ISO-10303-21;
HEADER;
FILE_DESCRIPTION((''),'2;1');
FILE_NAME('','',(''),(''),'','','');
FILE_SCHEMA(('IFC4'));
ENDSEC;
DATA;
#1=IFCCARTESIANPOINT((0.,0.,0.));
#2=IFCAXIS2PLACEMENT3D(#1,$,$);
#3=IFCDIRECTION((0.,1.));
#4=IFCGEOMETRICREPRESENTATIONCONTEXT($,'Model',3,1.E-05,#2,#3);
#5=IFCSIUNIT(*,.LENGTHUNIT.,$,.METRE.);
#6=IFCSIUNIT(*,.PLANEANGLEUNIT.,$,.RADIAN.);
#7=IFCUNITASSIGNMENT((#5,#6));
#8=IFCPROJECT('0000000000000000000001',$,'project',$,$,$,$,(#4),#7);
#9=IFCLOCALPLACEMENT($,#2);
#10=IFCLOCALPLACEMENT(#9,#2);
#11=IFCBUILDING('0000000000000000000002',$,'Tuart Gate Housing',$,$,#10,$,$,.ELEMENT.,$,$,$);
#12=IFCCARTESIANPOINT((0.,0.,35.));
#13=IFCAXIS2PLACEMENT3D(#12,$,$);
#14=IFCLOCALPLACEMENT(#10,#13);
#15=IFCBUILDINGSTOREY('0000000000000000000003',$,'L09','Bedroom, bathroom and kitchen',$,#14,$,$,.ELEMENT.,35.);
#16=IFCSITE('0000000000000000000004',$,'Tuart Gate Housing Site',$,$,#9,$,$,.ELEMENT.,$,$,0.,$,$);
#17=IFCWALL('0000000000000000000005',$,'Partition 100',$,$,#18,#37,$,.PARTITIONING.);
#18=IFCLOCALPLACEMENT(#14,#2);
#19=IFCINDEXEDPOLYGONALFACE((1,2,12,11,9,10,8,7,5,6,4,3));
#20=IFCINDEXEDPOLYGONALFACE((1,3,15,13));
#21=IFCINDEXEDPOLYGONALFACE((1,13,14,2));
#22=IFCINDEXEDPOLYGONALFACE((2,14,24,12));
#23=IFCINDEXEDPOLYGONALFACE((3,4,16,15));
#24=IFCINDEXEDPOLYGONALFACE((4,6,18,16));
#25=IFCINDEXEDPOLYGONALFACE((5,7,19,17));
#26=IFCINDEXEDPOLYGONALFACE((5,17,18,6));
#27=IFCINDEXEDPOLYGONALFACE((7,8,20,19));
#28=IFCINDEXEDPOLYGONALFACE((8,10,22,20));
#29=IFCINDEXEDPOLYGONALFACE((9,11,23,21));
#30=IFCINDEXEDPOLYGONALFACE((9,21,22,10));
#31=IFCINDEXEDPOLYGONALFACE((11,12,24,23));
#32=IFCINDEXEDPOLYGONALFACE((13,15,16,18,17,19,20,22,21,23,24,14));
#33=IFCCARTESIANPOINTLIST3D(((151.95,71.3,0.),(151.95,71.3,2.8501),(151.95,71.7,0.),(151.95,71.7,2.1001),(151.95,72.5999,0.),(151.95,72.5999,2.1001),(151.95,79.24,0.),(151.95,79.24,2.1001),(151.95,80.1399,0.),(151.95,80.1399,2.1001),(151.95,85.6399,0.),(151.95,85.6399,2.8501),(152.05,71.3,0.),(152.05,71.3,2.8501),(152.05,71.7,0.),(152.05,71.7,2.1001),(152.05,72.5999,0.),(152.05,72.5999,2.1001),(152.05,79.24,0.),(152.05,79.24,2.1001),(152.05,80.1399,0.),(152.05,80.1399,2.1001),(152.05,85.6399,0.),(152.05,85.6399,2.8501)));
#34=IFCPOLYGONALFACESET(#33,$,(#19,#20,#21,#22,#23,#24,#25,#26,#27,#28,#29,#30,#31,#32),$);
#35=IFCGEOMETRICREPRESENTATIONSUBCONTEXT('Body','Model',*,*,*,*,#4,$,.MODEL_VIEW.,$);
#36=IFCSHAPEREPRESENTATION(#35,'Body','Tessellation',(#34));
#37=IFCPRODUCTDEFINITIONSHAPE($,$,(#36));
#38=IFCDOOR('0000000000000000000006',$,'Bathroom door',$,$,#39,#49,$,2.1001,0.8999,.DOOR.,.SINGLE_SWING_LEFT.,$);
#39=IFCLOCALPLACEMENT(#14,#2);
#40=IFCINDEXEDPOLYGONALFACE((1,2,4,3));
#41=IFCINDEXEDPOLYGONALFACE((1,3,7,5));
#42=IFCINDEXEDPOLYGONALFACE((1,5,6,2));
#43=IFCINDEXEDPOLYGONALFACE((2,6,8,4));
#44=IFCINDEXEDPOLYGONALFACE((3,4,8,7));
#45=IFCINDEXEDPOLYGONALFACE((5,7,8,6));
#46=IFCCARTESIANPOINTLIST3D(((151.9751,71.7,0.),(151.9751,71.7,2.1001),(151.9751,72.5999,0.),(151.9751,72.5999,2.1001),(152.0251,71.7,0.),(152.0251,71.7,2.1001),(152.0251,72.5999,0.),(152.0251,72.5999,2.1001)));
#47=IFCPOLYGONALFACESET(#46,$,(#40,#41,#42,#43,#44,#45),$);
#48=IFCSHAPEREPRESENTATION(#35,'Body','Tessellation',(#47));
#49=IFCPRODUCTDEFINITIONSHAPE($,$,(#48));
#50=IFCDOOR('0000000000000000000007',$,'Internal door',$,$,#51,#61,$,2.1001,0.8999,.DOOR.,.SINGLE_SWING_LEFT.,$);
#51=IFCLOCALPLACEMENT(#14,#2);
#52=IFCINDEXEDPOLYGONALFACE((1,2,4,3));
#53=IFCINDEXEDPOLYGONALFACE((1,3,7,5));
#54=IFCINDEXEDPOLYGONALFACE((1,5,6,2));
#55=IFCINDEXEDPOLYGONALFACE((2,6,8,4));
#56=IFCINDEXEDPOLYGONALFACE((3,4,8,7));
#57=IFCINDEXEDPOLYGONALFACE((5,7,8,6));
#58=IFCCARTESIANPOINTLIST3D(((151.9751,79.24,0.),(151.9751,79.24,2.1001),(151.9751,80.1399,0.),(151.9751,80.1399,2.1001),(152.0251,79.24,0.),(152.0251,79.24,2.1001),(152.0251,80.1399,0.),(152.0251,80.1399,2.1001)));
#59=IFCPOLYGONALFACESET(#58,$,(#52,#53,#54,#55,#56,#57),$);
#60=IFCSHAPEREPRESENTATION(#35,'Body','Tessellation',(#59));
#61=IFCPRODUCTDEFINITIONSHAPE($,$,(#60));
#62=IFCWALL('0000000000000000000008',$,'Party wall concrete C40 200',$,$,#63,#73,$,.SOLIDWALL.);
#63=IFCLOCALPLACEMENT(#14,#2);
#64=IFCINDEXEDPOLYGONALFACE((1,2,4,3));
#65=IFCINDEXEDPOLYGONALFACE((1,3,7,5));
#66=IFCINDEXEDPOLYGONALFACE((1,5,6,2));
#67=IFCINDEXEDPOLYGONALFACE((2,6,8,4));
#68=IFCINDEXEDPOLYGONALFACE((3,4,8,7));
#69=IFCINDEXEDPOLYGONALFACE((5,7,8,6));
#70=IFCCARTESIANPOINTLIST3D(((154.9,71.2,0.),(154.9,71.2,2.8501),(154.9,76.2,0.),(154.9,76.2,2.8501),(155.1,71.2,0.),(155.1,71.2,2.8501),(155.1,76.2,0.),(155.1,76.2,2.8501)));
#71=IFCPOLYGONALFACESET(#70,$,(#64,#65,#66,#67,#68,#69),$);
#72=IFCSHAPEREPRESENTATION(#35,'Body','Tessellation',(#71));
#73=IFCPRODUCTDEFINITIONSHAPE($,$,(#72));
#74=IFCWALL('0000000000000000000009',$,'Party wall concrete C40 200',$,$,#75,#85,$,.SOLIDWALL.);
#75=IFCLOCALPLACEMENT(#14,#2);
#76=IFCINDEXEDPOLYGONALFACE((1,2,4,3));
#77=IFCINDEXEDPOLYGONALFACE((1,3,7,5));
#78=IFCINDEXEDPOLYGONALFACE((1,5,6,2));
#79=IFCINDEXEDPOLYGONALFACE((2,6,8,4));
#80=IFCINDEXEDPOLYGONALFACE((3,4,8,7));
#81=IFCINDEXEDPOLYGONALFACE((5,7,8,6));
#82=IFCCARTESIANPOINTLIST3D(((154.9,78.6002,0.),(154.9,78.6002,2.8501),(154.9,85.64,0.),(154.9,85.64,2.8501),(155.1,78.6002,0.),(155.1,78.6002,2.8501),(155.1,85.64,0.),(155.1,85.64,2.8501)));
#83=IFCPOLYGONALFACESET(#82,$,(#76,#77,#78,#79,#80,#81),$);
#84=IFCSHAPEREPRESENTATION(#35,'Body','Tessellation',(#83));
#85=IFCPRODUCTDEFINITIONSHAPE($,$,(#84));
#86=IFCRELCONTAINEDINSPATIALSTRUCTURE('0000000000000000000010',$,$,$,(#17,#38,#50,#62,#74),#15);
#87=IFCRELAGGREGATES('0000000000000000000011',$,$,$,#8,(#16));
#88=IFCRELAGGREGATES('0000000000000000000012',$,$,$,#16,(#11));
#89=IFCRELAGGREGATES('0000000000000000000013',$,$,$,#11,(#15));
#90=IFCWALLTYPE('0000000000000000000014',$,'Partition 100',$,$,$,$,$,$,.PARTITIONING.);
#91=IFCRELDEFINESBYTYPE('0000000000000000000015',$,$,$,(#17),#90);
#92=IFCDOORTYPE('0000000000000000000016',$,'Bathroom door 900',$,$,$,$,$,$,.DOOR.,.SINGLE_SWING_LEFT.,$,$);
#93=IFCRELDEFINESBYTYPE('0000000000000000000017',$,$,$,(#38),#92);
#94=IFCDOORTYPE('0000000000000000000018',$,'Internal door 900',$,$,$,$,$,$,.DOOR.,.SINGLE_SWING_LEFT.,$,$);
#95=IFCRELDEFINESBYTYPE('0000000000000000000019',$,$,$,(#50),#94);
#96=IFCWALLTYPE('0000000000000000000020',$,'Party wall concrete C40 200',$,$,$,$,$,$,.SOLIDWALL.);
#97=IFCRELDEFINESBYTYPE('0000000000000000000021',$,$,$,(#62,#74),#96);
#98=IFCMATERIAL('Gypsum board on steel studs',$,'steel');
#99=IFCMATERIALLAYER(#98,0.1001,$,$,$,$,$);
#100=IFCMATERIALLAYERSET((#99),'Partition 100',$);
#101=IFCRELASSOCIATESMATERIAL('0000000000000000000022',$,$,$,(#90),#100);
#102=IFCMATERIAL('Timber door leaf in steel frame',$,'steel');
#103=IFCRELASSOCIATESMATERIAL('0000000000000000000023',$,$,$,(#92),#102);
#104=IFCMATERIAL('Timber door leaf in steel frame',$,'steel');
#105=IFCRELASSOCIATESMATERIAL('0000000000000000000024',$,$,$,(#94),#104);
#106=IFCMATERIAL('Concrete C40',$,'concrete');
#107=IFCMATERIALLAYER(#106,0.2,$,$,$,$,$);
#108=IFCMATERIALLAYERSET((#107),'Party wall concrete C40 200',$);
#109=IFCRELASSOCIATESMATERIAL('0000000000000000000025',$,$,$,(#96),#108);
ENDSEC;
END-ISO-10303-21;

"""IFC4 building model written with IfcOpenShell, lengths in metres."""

from ifc_helpers import new_model, si_unit, direction, frame, frame_2d, origin, place, context, subcontext, project, spatial, rectangle, extrude, material, layer, layer_set, type_object, element, fill, save


model = new_model("IFC4")

# Units and contexts
model_context = context("Model", 3, precision=1e-05, world=origin(), true_north=direction((0.0, 1.0)))
body_context = subcontext(model_context, "Body", "Model", "MODEL_VIEW")
ifc_project = project(units=[si_unit("LENGTHUNIT", "METRE"), si_unit("PLANEANGLEUNIT", "RADIAN")], contexts=[model_context])

# Site, building, storey
site_placement = place(None, origin())
site = spatial("IfcSite", under=ifc_project, at=site_placement, Name="Tuart Gate Housing Site", CompositionType="ELEMENT", RefElevation=0.0)
building_placement = place(site_placement, origin())
building = spatial("IfcBuilding", under=site, at=building_placement, Name="Tuart Gate Housing", CompositionType="ELEMENT")
storey_placement = place(building_placement, frame((0.0, 0.0, 35.0)))
storey = spatial("IfcBuildingStorey", under=building, at=storey_placement, Name="L09", Description="Bedroom, bathroom and kitchen", CompositionType="ELEMENT", Elevation=35.0)

# Shared definitions
ifc_material_1 = material(Name="Gypsum board on steel studs", Category="steel")
ifc_layer_1 = layer(ifc_material_1, 0.1001)
ifc_layer_set_1 = layer_set([ifc_layer_1], Name="Partition 100")
wall_type_1 = type_object("IfcWallType", Name="Partition 100", PredefinedType="PARTITIONING", material=ifc_layer_set_1)

# Wall, openings, doors
wall_1_placement = place(storey_placement, frame((152.0, 71.3, 0.0), z_axis=(0.0, 0.0, 1.0), x_axis=(0.0, 1.0, 0.0)))
wall_1 = element("IfcWall", 1, at=wall_1_placement, inside=storey, type_object=wall_type_1, Name="Partition 100", PredefinedType="PARTITIONING", context=body_context, shape_type="SweptSolid", body=[
    extrude(rectangle(XDim=14.3398, YDim=0.1001, at=frame_2d((7.1699, 0.0))), origin(), (0.0, 0.0, 1.0), 2.8501),
])
opening_1_placement = place(wall_1_placement, frame((7.9399, 0.0, 0.0)))
opening_1 = element("IfcOpeningElement", 2, at=opening_1_placement, cuts=wall_1, PredefinedType="OPENING", context=body_context, shape_type="SweptSolid", body=[
    extrude(rectangle(XDim=0.8999, YDim=2.1001, at=frame_2d((0.45, 1.05))), frame((0.0, 0.0601, 0.0), z_axis=(0.0, -1.0, 0.0), x_axis=(1.0, 0.0, 0.0)), (0.0, 0.0, 1.0), 0.1201),
])
opening_2_placement = place(wall_1_placement, frame((0.3999, 0.0, 0.0)))
opening_2 = element("IfcOpeningElement", 3, at=opening_2_placement, cuts=wall_1, PredefinedType="OPENING", context=body_context, shape_type="SweptSolid", body=[
    extrude(rectangle(XDim=0.8999, YDim=2.1001, at=frame_2d((0.45, 1.05))), frame((0.0, 0.0601, 0.0), z_axis=(0.0, -1.0, 0.0), x_axis=(1.0, 0.0, 0.0)), (0.0, 0.0, 1.0), 0.1201),
])
ifc_material_2 = material(Name="Timber door leaf in steel frame", Category="steel")
door_type_1 = type_object("IfcDoorType", Name="Bathroom door 900", OperationType="SINGLE_SWING_LEFT", PredefinedType="DOOR", material=ifc_material_2)
door_1_placement = place(opening_2_placement, origin())
door_1 = element("IfcDoor", 4, at=door_1_placement, inside=storey, type_object=door_type_1, Name="Bathroom door", OperationType="SINGLE_SWING_LEFT", OverallHeight=2.1001, OverallWidth=0.8999, PredefinedType="DOOR", context=body_context, shape_type="SweptSolid", body=[
    extrude(rectangle(XDim=0.8999, YDim=2.1001, at=frame_2d((0.45, 1.05))), frame((0.0, 0.0249, 0.0), z_axis=(0.0, -1.0, 0.0), x_axis=(1.0, 0.0, 0.0)), (0.0, 0.0, 1.0), 0.05),
])
fill(opening_2, door_1)
ifc_material_3 = material(Name="Timber door leaf in steel frame", Category="steel")
door_type_2 = type_object("IfcDoorType", Name="Internal door 900", OperationType="SINGLE_SWING_LEFT", PredefinedType="DOOR", material=ifc_material_3)
door_2_placement = place(opening_1_placement, origin())
door_2 = element("IfcDoor", 5, at=door_2_placement, inside=storey, type_object=door_type_2, Name="Internal door", OperationType="SINGLE_SWING_LEFT", OverallHeight=2.1001, OverallWidth=0.8999, PredefinedType="DOOR", context=body_context, shape_type="SweptSolid", body=[
    extrude(rectangle(XDim=0.8999, YDim=2.1001, at=frame_2d((0.45, 1.05))), frame((0.0, 0.0249, 0.0), z_axis=(0.0, -1.0, 0.0), x_axis=(1.0, 0.0, 0.0)), (0.0, 0.0, 1.0), 0.05),
])
fill(opening_1, door_2)

# Walls
ifc_material_4 = material(Name="Concrete C40", Category="concrete")
ifc_layer_2 = layer(ifc_material_4, 0.2)
ifc_layer_set_2 = layer_set([ifc_layer_2], Name="Party wall concrete C40 200")
wall_type_2 = type_object("IfcWallType", Name="Party wall concrete C40 200", PredefinedType="SOLIDWALL", material=ifc_layer_set_2)
wall_2_placement = place(storey_placement, frame((155.0, 71.2, 0.0), z_axis=(0.0, 0.0, 1.0), x_axis=(0.0, 1.0, 0.0)))
element("IfcWall", 6, at=wall_2_placement, inside=storey, type_object=wall_type_2, Name="Party wall concrete C40 200", PredefinedType="SOLIDWALL", context=body_context, shape_type="SweptSolid", body=[
    extrude(rectangle(XDim=5.0, YDim=0.2, at=frame_2d((2.5, 0.0))), origin(), (0.0, 0.0, 1.0), 2.8501),
])
wall_3_placement = place(storey_placement, frame((155.0, 78.6001, 0.0), z_axis=(0.0, 0.0, 1.0), x_axis=(0.0, 1.0, 0.0)))
element("IfcWall", 7, at=wall_3_placement, inside=storey, type_object=wall_type_2, Name="Party wall concrete C40 200", PredefinedType="SOLIDWALL", context=body_context, shape_type="SweptSolid", body=[
    extrude(rectangle(XDim=7.0398, YDim=0.2, at=frame_2d((3.52, 0.0))), origin(), (0.0, 0.0, 1.0), 2.8501),
])

save(model, "model.ifc")
